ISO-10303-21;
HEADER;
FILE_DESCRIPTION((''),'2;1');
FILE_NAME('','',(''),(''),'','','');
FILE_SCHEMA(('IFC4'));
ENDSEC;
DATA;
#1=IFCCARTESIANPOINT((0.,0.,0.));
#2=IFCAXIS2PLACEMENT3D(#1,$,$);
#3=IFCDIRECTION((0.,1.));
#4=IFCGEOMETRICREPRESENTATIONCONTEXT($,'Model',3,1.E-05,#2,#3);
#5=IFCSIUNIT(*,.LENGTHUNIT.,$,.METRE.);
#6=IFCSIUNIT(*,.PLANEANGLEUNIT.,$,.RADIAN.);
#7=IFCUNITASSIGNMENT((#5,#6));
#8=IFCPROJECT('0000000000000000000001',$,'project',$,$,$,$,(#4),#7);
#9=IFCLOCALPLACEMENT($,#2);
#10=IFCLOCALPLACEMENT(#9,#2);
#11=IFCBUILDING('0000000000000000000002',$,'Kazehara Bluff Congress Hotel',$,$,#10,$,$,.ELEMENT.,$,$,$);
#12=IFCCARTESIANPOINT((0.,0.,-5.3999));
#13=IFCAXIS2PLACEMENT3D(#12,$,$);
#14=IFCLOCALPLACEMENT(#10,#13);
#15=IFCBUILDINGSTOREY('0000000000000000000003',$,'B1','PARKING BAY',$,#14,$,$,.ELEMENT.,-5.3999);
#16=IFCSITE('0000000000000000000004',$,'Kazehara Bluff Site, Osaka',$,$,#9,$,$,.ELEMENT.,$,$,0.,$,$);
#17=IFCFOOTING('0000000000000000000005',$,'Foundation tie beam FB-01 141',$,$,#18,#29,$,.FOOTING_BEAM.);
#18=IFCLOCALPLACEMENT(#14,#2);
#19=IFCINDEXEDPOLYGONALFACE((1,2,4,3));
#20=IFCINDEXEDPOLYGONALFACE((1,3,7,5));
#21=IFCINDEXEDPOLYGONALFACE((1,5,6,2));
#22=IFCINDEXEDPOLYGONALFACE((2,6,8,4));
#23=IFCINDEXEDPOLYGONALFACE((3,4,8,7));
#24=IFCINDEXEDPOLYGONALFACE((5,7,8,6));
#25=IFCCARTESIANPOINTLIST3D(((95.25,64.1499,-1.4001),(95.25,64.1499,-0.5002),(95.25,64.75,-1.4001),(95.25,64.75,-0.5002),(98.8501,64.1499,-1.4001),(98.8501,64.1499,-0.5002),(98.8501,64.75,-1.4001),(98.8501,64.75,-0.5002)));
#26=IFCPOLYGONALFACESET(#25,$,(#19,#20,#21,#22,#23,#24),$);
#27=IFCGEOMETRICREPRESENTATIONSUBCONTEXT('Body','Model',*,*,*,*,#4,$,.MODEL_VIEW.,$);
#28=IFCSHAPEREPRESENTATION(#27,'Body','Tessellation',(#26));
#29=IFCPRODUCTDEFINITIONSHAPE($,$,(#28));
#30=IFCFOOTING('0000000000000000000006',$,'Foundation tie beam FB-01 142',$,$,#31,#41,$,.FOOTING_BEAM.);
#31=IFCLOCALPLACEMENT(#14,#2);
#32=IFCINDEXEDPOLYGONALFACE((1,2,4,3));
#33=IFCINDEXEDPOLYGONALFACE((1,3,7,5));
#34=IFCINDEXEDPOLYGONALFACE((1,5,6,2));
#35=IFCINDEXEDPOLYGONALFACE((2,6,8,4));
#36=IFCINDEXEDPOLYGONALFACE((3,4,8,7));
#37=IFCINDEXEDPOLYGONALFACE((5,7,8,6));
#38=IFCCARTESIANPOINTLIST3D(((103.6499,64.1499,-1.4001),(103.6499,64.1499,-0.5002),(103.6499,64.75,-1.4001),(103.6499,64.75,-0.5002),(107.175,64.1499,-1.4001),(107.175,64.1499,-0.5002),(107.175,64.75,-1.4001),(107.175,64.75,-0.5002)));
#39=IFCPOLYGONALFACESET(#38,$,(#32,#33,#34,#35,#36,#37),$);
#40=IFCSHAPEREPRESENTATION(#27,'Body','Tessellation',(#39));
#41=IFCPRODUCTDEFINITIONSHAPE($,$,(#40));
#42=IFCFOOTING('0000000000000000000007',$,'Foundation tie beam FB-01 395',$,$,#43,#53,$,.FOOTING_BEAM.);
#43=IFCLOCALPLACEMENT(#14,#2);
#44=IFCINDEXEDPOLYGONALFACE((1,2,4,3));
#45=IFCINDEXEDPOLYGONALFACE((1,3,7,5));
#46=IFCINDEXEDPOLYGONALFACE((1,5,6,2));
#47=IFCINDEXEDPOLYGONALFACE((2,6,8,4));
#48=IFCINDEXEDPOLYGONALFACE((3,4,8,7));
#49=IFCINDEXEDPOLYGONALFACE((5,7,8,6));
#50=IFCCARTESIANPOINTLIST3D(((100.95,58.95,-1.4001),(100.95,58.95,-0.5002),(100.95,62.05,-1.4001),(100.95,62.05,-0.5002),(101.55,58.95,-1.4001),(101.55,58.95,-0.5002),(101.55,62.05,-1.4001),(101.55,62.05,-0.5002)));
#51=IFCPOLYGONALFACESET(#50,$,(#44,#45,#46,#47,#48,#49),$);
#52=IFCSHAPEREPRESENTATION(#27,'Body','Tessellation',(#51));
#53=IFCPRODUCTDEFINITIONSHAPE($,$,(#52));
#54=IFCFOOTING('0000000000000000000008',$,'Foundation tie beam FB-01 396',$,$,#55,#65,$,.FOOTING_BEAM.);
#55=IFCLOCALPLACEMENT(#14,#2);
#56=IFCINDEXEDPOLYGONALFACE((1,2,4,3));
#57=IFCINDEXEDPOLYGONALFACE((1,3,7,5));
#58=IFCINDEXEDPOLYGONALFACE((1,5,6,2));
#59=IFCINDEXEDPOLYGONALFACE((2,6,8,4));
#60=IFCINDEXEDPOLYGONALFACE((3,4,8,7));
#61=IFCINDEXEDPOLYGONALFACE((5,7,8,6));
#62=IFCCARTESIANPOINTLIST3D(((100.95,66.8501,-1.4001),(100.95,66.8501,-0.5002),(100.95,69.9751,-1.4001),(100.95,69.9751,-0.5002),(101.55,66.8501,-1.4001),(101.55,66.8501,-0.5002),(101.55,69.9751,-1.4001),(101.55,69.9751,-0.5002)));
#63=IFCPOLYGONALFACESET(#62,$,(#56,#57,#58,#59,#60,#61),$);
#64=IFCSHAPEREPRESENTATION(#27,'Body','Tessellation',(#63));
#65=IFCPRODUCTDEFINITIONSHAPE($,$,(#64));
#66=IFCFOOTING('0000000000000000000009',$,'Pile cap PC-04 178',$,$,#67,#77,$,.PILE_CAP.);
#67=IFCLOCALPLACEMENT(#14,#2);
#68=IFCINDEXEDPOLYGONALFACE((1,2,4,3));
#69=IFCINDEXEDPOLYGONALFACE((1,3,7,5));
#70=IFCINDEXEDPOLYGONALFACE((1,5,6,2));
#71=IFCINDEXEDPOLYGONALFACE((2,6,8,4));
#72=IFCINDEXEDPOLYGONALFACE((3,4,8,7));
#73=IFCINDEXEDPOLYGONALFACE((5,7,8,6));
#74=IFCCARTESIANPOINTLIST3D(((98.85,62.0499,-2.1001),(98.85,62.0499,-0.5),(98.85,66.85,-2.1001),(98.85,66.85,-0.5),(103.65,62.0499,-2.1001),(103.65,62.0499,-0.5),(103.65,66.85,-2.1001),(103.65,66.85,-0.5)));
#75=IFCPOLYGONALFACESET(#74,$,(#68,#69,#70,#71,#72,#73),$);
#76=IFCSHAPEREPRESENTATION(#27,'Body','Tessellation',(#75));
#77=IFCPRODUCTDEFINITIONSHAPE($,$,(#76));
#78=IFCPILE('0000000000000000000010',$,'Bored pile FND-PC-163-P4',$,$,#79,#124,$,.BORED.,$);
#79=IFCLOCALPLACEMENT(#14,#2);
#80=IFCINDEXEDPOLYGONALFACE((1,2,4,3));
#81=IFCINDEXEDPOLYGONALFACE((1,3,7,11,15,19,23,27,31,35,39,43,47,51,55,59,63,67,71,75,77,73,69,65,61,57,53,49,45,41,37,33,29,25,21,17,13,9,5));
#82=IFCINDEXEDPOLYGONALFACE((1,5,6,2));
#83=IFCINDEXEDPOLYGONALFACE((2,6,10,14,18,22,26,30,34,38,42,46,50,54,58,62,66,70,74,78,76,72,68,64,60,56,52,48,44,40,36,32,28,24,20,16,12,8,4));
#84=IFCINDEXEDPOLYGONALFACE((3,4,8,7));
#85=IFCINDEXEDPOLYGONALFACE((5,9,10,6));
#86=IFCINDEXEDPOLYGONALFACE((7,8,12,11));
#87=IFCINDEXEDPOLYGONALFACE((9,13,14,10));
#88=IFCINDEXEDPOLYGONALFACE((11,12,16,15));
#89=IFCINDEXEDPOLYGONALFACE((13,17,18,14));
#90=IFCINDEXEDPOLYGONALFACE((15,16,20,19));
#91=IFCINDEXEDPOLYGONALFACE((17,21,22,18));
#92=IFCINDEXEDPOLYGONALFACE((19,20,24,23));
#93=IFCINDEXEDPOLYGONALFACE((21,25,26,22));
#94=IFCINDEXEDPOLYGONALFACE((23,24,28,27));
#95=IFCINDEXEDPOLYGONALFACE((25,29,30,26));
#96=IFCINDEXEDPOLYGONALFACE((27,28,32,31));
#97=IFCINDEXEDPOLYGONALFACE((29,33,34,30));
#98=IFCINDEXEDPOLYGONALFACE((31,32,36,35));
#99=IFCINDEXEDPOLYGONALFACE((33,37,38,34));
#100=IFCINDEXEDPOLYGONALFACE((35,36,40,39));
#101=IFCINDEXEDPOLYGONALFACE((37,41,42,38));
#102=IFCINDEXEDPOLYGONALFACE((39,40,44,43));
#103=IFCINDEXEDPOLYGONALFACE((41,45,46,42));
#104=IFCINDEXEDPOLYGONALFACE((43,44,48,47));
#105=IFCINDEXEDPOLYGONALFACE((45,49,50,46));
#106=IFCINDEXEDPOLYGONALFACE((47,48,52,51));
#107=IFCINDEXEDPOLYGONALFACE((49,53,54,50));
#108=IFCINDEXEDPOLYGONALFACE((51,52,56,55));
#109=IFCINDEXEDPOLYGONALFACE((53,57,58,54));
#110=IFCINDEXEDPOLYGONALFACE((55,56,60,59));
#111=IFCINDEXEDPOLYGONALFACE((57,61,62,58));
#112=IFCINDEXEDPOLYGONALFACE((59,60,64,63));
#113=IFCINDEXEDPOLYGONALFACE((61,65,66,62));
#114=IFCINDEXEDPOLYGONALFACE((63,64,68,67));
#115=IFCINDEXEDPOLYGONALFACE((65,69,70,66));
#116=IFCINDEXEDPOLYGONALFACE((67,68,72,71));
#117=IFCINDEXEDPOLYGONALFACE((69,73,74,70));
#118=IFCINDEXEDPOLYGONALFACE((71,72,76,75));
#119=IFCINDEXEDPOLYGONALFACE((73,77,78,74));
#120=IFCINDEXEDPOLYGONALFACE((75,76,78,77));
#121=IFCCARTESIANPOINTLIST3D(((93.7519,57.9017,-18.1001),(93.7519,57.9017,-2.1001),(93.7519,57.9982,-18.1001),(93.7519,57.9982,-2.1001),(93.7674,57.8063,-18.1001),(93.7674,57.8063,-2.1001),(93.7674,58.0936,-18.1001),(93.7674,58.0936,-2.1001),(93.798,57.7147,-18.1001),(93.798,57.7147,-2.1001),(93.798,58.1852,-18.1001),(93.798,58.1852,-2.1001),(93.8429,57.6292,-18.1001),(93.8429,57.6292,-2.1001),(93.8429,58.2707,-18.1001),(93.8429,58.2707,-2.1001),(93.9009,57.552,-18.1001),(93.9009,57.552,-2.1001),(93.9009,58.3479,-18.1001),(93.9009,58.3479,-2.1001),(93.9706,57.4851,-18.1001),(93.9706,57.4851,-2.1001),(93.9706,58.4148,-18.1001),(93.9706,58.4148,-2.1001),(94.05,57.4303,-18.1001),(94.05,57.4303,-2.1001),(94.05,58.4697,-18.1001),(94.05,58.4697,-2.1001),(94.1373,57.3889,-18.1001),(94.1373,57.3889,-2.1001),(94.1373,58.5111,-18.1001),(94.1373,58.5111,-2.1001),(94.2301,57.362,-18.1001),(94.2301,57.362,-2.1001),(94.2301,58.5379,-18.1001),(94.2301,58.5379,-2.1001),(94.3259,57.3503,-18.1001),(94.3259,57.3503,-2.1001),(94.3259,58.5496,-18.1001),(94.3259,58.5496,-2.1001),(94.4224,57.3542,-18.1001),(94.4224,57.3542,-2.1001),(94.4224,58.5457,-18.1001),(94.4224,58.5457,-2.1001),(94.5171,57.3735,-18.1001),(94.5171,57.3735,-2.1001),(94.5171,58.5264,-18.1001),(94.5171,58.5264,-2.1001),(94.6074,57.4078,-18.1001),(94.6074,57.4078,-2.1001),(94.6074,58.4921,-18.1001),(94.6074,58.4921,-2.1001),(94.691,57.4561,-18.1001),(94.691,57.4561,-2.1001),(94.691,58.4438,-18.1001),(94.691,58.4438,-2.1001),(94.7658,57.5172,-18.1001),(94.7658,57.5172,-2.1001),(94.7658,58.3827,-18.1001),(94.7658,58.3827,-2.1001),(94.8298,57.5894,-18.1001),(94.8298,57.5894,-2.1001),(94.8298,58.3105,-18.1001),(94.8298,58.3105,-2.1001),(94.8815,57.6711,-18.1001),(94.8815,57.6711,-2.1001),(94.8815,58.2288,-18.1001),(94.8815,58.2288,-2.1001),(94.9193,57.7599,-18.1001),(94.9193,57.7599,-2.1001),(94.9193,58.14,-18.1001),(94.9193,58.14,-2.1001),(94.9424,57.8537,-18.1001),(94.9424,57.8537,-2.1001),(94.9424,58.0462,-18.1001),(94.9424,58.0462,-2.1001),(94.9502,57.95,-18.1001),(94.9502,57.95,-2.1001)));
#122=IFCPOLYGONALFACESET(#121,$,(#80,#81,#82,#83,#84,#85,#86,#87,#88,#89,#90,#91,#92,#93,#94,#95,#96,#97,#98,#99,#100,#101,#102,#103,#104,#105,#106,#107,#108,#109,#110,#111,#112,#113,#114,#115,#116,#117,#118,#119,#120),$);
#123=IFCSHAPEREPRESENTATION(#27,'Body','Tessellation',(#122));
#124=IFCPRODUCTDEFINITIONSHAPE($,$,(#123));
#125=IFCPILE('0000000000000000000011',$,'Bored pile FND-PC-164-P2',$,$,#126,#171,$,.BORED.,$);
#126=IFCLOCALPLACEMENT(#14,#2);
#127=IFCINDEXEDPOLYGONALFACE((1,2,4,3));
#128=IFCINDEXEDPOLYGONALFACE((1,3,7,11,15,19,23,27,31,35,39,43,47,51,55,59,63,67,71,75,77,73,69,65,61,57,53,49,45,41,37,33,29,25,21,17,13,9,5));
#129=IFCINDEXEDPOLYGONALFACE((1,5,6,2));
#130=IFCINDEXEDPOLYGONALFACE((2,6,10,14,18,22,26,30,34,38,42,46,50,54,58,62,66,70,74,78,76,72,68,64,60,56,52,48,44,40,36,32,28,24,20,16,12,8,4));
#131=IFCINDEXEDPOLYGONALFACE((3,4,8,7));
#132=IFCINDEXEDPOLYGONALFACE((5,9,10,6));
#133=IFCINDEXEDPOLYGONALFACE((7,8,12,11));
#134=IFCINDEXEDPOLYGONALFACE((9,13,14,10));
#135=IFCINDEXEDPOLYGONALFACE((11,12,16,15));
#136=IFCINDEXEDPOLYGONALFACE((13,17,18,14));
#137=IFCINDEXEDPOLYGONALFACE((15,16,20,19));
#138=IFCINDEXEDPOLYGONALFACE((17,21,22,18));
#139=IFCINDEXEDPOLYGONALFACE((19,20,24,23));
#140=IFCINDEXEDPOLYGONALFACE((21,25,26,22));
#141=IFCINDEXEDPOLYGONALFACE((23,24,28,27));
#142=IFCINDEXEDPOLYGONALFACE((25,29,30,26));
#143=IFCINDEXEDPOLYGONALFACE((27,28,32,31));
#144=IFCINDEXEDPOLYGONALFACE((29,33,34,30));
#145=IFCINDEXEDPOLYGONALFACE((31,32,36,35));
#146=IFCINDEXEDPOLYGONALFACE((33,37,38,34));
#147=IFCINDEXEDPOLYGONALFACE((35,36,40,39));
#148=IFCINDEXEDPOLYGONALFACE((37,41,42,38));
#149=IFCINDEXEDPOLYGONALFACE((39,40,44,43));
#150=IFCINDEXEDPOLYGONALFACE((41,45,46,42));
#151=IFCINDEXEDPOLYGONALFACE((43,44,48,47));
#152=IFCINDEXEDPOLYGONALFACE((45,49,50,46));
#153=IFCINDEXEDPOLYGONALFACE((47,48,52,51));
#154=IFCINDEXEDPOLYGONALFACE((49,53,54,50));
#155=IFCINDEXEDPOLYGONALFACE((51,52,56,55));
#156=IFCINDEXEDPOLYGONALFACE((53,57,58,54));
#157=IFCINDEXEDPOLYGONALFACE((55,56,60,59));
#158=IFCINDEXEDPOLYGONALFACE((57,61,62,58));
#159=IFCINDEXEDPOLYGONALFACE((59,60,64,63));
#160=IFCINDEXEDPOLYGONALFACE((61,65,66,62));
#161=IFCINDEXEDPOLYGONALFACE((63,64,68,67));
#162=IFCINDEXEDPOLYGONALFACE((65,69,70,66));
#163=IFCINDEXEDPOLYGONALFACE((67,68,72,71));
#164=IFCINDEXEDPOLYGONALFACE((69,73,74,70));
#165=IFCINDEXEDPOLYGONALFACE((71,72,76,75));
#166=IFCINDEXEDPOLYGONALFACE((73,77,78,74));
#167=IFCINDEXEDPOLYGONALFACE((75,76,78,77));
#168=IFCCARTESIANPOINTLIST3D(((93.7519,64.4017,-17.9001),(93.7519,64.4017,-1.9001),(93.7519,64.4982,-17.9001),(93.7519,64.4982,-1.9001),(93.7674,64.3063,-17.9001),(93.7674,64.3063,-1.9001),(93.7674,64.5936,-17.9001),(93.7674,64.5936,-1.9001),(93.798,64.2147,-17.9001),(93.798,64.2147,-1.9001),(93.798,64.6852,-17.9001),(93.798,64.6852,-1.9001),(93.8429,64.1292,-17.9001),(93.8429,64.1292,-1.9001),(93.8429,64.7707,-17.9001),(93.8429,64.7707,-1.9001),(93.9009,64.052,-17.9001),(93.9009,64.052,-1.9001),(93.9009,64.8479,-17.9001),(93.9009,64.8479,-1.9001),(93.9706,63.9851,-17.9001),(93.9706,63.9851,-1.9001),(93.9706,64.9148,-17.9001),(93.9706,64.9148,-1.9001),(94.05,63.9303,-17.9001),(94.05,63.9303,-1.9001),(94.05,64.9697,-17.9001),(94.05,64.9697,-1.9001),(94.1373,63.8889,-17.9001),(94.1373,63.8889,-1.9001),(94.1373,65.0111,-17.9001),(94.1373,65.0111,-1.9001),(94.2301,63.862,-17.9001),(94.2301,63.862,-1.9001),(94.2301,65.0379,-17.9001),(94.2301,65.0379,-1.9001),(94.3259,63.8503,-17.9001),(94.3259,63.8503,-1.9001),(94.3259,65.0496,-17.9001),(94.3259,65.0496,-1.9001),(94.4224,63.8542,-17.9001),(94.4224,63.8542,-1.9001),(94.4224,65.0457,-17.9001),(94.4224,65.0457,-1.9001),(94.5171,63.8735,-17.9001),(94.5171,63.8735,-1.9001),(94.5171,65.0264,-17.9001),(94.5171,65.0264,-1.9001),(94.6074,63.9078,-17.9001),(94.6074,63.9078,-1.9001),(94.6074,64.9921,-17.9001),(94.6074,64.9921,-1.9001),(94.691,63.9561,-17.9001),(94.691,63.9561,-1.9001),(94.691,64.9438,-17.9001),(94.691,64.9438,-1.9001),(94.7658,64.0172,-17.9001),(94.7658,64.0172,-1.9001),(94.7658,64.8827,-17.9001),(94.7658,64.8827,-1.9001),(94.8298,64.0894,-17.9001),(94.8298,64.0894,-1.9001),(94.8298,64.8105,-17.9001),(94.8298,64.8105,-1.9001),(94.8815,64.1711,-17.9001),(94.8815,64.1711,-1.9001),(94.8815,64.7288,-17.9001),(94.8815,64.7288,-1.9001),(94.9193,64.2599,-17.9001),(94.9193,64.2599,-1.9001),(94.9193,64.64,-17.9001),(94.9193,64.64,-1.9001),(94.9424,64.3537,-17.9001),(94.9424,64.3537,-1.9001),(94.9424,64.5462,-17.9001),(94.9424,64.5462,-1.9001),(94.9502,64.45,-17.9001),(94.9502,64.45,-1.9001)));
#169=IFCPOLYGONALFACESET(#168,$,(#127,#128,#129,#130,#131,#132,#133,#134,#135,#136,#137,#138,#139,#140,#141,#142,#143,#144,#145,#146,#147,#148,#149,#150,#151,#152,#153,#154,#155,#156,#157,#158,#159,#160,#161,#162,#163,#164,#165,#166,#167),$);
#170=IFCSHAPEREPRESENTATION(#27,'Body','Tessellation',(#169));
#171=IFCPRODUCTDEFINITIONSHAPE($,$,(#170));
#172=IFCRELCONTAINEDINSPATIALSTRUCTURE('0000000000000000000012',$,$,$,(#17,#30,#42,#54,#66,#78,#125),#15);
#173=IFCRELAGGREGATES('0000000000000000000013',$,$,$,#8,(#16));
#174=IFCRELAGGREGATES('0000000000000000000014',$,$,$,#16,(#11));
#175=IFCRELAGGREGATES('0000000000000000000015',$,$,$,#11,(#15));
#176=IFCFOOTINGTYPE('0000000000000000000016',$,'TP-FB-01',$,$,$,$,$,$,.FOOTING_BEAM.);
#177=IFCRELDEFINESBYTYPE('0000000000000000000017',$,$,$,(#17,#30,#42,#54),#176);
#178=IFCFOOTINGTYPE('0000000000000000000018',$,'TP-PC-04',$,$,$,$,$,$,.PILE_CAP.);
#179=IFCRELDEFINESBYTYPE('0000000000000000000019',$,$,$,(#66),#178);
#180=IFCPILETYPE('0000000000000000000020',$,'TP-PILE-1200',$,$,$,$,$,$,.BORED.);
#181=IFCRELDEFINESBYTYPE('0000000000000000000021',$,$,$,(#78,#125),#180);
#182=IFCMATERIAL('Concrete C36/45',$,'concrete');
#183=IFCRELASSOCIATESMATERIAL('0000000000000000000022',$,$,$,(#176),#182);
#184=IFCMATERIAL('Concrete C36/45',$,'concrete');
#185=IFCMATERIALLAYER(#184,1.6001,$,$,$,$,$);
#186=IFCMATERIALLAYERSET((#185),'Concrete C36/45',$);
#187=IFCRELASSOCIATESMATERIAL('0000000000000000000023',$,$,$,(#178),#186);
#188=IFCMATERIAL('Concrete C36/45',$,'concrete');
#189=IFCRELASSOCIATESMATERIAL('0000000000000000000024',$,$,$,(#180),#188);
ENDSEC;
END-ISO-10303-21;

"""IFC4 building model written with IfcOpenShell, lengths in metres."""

from ifc_helpers import new_model, si_unit, direction, frame, origin, origin_2d, place, context, subcontext, project, spatial, rectangle, circle, extrude, material, layer, layer_set, material_profile, profile_set, type_object, element, save


model = new_model("IFC4")

# Units and contexts
model_context = context("Model", 3, precision=1e-05, world=origin(), true_north=direction((0.0, 1.0)))
body_context = subcontext(model_context, "Body", "Model", "MODEL_VIEW")
ifc_project = project(units=[si_unit("LENGTHUNIT", "METRE"), si_unit("PLANEANGLEUNIT", "RADIAN")], contexts=[model_context])

# Site, building, storey
site_placement = place(None, origin())
site = spatial("IfcSite", under=ifc_project, at=site_placement, Name="Kazehara Bluff Site, Osaka", CompositionType="ELEMENT", RefElevation=0.0)
building_placement = place(site_placement, origin())
building = spatial("IfcBuilding", under=site, at=building_placement, Name="Kazehara Bluff Congress Hotel", CompositionType="ELEMENT")
storey_placement = place(building_placement, frame((0.0, 0.0, -5.3999)))
storey = spatial("IfcBuildingStorey", under=building, at=storey_placement, Name="B1", Description="PARKING BAY", CompositionType="ELEMENT", Elevation=-5.3999)

# Footings
ifc_material_1 = material(Name="Concrete C36/45", Category="concrete")
ifc_material_profile_1 = material_profile(ifc_material_1, rectangle(XDim=0.6001, YDim=0.8999, at=origin_2d()))
ifc_profile_set_1 = profile_set([ifc_material_profile_1], Name="Concrete C36/45")
footing_type_1 = type_object("IfcFootingType", Name="TP-FB-01", PredefinedType="FOOTING_BEAM", material=ifc_profile_set_1)
footing_1_placement = place(storey_placement, frame((95.25, 64.45, -0.9502), z_axis=(1.0, 0.0, 0.0), x_axis=(0.0, 1.0, 0.0)))
element("IfcFooting", 1, at=footing_1_placement, inside=storey, type_object=footing_type_1, Name="Foundation tie beam FB-01 141", PredefinedType="FOOTING_BEAM", context=body_context, shape_type="SweptSolid", body=[
    extrude(rectangle(XDim=0.6001, YDim=0.8999, at=origin_2d()), origin(), (0.0, 0.0, 1.0), 3.6001),
])
footing_2_placement = place(storey_placement, frame((103.6499, 64.45, -0.9502), z_axis=(1.0, 0.0, 0.0), x_axis=(0.0, 1.0, 0.0)))
element("IfcFooting", 2, at=footing_2_placement, inside=storey, type_object=footing_type_1, Name="Foundation tie beam FB-01 142", PredefinedType="FOOTING_BEAM", context=body_context, shape_type="SweptSolid", body=[
    extrude(rectangle(XDim=0.6001, YDim=0.8999, at=origin_2d()), origin(), (0.0, 0.0, 1.0), 3.5251),
])
footing_3_placement = place(storey_placement, frame((101.25, 58.95, -0.9502), z_axis=(0.0, 1.0, 0.0), x_axis=(-1.0, 0.0, 0.0)))
element("IfcFooting", 3, at=footing_3_placement, inside=storey, type_object=footing_type_1, Name="Foundation tie beam FB-01 395", PredefinedType="FOOTING_BEAM", context=body_context, shape_type="SweptSolid", body=[
    extrude(rectangle(XDim=0.6001, YDim=0.8999, at=origin_2d()), origin(), (0.0, 0.0, 1.0), 3.1001),
])
footing_4_placement = place(storey_placement, frame((101.25, 66.8501, -0.9502), z_axis=(0.0, 1.0, 0.0), x_axis=(-1.0, 0.0, 0.0)))
element("IfcFooting", 4, at=footing_4_placement, inside=storey, type_object=footing_type_1, Name="Foundation tie beam FB-01 396", PredefinedType="FOOTING_BEAM", context=body_context, shape_type="SweptSolid", body=[
    extrude(rectangle(XDim=0.6001, YDim=0.8999, at=origin_2d()), origin(), (0.0, 0.0, 1.0), 3.125),
])
ifc_material_2 = material(Name="Concrete C36/45", Category="concrete")
ifc_layer_1 = layer(ifc_material_2, 1.6001)
ifc_layer_set_1 = layer_set([ifc_layer_1], Name="Concrete C36/45")
footing_type_2 = type_object("IfcFootingType", Name="TP-PC-04", PredefinedType="PILE_CAP", material=ifc_layer_set_1)
footing_5_placement = place(storey_placement, frame((101.25, 64.45, -2.1001), z_axis=(0.0, 0.0, 1.0), x_axis=(1.0, 0.0, 0.0)))
element("IfcFooting", 5, at=footing_5_placement, inside=storey, type_object=footing_type_2, Name="Pile cap PC-04 178", PredefinedType="PILE_CAP", context=body_context, shape_type="SweptSolid", body=[
    extrude(rectangle(XDim=4.8, YDim=4.8, at=origin_2d()), origin(), (0.0, 0.0, 1.0), 1.6001),
])

# Piles
ifc_material_3 = material(Name="Concrete C36/45", Category="concrete")
ifc_material_profile_2 = material_profile(ifc_material_3, circle(Radius=0.6001, at=origin_2d()))
ifc_profile_set_2 = profile_set([ifc_material_profile_2], Name="Concrete C36/45")
pile_type = type_object("IfcPileType", Name="TP-PILE-1200", PredefinedType="BORED", material=ifc_profile_set_2)
for number, where, z_axis, x_axis, name in (
    (6, (94.3501, 57.95, -2.1001), (0.0, 0.0, -1.0), (1.0, 0.0, 0.0), "Bored pile FND-PC-163-P4"),
    (7, (94.3501, 64.45, -1.9001), (0.0, 0.0, -1.0), (1.0, 0.0, 0.0), "Bored pile FND-PC-164-P2"),
):
    element("IfcPile", number, at=place(storey_placement, frame(where, z_axis=z_axis, x_axis=x_axis)), inside=storey, type_object=pile_type, Name=name, PredefinedType="BORED", context=body_context, shape_type="SweptSolid", body=[
        extrude(circle(Radius=0.6001, at=origin_2d()), origin(), (0.0, 0.0, 1.0), 16.0),
    ])

save(model, "model.ifc")
